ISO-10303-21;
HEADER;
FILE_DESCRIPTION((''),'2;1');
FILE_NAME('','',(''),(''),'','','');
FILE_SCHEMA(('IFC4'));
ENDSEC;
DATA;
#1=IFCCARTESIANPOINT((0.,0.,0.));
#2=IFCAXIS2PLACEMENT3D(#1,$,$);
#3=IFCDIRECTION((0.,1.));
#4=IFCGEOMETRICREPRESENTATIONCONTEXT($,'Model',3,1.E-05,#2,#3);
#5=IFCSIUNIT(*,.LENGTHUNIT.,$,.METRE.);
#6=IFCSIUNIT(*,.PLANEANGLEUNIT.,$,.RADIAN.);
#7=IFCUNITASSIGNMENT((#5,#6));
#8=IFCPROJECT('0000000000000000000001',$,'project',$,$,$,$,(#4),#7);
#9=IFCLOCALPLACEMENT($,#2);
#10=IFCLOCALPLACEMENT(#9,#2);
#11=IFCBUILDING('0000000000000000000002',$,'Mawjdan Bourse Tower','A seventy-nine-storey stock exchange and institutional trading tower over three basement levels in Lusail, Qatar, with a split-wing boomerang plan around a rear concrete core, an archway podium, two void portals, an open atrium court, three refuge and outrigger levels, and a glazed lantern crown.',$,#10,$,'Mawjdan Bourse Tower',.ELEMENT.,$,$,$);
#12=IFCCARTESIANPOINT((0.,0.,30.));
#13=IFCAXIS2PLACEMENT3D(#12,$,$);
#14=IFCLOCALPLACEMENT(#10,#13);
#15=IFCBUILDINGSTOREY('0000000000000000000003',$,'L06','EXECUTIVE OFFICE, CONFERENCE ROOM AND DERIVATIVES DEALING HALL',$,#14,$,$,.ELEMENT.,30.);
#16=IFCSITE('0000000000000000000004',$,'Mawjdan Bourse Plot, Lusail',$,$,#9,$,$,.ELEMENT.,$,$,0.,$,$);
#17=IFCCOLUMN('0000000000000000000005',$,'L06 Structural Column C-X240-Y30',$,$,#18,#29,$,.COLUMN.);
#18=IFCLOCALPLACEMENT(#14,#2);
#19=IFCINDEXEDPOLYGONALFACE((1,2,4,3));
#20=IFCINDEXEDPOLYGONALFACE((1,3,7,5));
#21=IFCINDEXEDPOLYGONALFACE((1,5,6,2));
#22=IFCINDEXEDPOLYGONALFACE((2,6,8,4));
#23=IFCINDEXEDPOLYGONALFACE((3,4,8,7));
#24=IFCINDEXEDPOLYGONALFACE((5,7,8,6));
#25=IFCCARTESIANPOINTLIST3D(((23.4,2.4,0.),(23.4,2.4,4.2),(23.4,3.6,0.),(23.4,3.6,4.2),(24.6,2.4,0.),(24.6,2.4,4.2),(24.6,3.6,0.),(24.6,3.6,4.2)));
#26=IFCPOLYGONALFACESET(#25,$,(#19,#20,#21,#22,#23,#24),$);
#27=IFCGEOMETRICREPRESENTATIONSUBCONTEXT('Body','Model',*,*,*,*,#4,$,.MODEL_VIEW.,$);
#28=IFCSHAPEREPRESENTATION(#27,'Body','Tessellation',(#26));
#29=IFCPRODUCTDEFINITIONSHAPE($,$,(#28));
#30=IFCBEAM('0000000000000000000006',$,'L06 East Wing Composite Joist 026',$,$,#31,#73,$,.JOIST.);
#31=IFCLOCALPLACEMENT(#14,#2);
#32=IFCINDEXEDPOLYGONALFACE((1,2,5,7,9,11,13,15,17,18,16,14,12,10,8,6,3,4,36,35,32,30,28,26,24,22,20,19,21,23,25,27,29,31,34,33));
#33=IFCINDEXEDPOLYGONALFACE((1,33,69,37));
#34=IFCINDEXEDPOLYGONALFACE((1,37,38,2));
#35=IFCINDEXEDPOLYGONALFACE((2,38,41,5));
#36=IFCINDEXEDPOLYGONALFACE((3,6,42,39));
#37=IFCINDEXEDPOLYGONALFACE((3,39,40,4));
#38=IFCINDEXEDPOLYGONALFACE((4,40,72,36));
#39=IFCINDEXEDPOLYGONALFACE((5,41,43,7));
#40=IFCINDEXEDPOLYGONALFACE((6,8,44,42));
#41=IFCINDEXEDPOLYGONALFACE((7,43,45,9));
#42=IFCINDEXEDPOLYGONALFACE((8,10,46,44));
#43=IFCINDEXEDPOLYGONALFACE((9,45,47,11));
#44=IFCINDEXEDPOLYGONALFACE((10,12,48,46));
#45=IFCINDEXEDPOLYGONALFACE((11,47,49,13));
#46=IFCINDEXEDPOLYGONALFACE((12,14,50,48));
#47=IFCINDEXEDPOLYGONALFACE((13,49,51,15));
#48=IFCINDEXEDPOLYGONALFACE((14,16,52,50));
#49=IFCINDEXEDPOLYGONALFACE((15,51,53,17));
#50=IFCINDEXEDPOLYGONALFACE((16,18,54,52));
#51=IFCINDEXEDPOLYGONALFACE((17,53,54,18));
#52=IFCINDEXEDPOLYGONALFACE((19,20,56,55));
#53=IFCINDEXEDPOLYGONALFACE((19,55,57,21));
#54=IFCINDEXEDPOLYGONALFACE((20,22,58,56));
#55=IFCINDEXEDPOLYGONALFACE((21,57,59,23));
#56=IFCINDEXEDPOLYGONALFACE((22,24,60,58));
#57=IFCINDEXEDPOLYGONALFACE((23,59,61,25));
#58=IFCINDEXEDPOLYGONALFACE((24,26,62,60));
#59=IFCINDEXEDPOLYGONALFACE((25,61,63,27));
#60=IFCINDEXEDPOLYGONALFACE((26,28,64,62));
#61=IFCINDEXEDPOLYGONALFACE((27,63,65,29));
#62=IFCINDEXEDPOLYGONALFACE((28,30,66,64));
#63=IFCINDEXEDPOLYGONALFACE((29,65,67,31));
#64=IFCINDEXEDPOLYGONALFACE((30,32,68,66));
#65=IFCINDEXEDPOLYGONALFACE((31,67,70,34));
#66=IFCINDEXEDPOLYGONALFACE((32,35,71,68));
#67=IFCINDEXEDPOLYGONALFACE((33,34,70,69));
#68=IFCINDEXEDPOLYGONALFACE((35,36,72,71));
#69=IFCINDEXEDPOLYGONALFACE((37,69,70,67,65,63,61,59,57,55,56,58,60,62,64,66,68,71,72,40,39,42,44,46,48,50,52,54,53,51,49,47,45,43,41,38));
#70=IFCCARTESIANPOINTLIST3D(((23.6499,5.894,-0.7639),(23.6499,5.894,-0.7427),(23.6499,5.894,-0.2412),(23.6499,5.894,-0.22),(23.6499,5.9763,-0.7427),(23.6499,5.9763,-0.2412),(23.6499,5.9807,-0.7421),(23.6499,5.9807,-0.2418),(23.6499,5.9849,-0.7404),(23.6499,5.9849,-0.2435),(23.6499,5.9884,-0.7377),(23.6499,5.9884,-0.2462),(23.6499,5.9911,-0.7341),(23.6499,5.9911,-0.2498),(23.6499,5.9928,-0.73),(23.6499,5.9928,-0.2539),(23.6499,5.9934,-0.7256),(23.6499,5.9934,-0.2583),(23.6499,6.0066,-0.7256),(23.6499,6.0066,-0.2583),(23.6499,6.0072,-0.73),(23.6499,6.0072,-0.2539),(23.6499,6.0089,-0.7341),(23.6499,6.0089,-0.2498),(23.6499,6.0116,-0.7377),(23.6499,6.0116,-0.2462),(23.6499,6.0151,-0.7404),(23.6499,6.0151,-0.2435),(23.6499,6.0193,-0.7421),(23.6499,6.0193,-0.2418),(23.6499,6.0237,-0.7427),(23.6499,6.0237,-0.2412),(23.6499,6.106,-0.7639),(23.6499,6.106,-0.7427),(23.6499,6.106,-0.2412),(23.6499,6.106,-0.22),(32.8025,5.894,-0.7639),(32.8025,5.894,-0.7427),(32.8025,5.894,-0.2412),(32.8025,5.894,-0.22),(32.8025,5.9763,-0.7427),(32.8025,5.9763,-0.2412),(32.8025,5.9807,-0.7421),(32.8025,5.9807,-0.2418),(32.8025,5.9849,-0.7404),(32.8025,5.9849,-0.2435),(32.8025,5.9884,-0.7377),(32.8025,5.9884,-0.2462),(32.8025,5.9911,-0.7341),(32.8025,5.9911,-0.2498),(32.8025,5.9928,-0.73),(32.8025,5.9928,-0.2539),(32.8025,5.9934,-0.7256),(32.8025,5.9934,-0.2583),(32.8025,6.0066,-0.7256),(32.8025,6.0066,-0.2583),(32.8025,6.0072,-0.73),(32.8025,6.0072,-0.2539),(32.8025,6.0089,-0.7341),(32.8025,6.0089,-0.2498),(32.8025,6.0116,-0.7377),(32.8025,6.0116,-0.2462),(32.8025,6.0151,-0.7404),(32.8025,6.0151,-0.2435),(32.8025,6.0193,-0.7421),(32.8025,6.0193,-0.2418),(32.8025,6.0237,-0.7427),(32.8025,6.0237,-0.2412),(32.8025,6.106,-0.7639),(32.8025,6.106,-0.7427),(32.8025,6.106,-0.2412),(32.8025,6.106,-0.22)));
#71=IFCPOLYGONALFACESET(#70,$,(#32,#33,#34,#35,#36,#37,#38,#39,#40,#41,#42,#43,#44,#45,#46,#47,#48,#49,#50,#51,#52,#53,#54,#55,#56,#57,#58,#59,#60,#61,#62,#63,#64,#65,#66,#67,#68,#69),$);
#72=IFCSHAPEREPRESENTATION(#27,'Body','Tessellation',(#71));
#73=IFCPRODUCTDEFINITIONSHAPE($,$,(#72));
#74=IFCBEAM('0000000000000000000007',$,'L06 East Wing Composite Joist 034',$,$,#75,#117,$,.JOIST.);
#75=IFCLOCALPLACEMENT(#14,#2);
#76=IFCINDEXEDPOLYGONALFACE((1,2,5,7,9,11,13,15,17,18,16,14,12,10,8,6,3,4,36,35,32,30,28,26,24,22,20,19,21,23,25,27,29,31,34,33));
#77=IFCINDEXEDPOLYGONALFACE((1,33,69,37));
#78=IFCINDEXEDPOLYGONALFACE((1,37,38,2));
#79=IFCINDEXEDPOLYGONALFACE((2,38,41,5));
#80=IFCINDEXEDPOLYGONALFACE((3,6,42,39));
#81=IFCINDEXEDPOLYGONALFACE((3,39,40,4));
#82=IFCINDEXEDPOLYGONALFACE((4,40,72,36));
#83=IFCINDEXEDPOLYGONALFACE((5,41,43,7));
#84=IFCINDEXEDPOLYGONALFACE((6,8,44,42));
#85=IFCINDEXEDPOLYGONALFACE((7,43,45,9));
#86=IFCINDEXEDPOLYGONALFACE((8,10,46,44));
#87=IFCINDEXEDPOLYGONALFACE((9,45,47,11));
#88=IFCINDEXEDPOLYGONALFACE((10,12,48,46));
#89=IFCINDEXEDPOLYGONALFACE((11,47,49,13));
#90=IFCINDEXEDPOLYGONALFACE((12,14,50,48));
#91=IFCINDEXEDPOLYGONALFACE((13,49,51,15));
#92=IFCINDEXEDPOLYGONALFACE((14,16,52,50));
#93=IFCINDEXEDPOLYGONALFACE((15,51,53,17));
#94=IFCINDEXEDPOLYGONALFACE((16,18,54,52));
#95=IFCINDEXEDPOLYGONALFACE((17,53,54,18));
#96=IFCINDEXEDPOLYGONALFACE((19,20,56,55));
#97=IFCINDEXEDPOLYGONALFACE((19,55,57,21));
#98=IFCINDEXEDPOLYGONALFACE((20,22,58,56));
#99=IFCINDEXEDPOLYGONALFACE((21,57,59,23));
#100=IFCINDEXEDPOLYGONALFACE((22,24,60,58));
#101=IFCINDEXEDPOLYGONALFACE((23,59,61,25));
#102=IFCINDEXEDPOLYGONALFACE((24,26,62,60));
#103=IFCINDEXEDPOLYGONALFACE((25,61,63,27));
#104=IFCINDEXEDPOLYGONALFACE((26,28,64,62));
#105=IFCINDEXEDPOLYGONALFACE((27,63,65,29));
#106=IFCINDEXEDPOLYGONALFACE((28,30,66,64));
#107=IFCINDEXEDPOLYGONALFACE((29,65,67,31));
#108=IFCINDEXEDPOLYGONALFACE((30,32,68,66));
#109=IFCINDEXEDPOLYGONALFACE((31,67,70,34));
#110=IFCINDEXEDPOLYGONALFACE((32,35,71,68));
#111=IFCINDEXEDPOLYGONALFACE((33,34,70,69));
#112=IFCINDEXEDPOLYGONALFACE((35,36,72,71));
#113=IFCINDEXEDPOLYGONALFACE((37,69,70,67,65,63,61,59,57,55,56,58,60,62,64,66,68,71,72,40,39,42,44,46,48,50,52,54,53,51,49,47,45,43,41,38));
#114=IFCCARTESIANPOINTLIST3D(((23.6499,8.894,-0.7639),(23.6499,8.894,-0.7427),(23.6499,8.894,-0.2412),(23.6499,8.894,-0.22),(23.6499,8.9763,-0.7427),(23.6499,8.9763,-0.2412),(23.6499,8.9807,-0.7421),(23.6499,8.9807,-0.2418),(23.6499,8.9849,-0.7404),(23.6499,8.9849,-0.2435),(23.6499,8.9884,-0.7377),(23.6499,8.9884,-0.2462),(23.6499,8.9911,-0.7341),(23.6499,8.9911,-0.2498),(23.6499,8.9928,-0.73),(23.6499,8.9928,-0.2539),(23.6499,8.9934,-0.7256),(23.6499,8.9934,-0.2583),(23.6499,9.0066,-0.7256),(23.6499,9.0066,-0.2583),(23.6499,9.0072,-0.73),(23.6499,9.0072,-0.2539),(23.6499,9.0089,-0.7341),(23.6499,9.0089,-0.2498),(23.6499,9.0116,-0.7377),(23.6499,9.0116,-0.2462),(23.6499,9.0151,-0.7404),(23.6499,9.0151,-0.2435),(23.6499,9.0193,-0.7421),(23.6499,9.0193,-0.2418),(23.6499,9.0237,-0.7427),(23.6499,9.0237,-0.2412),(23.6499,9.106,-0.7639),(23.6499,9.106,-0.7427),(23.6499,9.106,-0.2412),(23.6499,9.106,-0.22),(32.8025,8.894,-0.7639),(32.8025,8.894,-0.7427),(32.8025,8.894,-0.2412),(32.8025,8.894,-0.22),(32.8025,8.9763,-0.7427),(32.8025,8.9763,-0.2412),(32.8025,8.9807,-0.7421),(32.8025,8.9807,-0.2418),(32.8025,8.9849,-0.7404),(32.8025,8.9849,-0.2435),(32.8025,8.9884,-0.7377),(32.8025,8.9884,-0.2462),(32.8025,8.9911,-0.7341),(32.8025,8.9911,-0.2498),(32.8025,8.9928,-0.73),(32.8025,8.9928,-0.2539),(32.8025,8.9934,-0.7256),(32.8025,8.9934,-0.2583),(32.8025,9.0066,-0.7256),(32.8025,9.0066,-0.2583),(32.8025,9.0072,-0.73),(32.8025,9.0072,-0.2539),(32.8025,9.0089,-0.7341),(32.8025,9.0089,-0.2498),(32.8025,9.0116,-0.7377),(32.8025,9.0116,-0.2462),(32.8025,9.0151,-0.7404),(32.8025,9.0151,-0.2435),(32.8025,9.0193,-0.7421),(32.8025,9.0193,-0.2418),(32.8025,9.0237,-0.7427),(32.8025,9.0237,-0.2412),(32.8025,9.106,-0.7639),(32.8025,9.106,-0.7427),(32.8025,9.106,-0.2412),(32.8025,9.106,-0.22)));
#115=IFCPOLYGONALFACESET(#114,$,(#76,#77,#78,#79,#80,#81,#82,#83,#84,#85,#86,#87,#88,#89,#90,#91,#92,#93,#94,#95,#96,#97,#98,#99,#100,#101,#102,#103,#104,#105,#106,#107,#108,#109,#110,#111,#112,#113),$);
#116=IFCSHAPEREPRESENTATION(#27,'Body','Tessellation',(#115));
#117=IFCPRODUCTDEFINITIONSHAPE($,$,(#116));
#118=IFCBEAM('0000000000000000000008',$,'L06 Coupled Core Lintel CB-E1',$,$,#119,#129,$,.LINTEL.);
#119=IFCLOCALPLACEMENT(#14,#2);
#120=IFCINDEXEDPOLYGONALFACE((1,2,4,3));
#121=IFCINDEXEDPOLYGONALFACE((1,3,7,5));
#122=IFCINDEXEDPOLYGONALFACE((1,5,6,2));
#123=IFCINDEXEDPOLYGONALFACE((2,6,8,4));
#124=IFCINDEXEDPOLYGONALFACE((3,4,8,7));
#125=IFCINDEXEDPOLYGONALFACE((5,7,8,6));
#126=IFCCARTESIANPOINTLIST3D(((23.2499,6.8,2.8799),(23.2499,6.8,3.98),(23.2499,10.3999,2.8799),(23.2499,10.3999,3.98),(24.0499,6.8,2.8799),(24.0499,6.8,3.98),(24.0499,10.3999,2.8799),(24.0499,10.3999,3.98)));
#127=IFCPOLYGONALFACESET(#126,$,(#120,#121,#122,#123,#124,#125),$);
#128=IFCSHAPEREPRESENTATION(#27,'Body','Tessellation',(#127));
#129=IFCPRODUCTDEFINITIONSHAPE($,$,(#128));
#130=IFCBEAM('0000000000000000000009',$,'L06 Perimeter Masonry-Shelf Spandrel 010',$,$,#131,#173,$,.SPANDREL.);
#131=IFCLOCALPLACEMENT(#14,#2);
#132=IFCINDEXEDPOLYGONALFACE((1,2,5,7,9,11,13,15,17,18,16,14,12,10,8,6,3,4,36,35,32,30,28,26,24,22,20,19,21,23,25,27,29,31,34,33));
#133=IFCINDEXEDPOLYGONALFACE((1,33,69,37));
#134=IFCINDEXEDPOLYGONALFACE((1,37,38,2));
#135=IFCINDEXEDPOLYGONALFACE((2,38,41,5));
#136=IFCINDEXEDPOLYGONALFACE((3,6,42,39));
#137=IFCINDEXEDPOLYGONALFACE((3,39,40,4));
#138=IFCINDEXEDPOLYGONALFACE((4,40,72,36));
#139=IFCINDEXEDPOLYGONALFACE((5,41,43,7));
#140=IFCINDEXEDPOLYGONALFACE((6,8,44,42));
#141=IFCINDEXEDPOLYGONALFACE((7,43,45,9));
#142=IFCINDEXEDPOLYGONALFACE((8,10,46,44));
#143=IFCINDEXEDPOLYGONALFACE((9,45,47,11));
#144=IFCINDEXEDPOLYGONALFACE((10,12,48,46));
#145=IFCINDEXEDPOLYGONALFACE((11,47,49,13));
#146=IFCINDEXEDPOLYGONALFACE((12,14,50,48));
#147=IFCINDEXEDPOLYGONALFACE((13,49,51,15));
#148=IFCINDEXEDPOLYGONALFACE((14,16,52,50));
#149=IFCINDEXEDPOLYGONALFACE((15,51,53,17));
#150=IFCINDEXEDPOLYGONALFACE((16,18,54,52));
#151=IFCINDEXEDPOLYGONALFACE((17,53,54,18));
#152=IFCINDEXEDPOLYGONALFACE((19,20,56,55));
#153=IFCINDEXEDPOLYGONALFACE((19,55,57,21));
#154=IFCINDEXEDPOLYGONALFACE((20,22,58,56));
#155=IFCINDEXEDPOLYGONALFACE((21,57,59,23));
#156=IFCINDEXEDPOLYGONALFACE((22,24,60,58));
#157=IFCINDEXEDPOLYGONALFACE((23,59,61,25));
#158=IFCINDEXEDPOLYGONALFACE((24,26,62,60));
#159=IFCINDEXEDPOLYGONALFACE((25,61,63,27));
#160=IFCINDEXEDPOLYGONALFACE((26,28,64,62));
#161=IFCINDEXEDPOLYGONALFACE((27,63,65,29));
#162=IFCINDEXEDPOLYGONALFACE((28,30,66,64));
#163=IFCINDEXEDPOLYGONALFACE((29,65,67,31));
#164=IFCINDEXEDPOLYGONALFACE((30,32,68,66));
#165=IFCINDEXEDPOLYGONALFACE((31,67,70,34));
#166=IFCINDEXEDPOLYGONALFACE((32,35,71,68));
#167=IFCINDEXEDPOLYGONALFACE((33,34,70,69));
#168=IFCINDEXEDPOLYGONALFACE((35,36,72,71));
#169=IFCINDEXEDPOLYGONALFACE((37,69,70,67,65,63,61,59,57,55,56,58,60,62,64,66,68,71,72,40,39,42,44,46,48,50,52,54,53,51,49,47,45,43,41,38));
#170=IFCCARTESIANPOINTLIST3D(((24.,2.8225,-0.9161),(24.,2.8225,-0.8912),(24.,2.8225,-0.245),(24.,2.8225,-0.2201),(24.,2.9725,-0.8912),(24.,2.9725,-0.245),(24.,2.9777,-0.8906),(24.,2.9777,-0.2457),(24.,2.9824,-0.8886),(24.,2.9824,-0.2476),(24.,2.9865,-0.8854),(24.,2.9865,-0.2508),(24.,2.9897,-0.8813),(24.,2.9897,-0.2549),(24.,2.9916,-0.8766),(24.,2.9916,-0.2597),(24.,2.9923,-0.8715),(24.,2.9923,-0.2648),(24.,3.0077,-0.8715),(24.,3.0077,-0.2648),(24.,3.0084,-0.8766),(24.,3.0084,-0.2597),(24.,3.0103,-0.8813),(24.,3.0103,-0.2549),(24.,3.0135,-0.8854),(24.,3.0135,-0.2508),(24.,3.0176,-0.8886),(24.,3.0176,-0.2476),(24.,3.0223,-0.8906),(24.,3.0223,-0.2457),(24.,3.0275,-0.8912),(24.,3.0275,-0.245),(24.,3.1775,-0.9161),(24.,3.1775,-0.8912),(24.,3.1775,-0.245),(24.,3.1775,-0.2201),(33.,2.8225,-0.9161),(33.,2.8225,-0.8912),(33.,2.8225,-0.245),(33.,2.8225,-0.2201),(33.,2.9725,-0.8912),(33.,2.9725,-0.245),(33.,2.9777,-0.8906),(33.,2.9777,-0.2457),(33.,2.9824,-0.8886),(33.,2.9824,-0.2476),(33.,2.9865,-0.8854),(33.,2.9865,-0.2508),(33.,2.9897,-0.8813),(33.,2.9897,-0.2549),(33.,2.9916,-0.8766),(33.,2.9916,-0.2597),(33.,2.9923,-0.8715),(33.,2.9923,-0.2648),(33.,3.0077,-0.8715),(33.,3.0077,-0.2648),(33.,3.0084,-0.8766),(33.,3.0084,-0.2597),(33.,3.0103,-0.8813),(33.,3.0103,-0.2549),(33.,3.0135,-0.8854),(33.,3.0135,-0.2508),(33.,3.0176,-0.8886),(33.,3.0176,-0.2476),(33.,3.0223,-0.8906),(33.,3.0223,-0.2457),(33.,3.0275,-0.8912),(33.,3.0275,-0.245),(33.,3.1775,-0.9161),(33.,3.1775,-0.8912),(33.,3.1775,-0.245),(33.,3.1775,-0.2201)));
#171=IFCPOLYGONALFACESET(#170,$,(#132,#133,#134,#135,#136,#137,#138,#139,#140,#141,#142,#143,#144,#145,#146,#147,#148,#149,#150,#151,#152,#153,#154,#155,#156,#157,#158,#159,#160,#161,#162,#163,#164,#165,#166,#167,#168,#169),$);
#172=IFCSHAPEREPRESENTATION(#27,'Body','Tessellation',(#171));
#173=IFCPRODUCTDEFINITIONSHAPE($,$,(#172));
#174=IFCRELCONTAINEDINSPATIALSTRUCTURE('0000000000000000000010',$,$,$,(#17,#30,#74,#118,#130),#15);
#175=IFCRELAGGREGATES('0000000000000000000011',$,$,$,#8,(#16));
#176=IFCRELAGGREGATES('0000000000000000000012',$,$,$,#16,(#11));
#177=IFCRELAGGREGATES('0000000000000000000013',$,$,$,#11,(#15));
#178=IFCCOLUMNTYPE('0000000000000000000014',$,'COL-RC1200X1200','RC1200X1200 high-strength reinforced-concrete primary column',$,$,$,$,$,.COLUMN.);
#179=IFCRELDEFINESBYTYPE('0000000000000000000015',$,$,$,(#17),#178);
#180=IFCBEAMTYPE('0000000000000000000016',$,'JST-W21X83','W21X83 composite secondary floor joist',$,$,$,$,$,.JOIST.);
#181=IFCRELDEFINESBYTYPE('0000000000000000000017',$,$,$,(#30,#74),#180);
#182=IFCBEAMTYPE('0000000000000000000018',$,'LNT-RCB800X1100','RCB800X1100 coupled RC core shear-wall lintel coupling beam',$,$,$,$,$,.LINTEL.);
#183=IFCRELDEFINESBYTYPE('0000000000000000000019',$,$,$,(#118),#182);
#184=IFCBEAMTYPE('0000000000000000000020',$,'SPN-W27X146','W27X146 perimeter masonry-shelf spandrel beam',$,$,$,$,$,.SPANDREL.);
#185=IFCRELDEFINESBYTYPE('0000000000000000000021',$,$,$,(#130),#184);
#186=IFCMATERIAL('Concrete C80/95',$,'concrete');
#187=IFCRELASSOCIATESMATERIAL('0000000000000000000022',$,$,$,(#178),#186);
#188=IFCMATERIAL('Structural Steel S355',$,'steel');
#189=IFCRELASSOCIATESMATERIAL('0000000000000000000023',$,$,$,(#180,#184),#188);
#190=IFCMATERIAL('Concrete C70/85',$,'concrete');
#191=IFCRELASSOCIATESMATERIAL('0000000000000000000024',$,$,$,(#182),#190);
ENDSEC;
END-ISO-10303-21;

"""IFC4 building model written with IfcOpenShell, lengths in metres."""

from ifc_helpers import new_model, si_unit, direction, frame, origin, origin_2d, place, context, subcontext, project, spatial, rectangle, i_section, extrude, material, material_profile, profile_set, type_object, element, save


model = new_model("IFC4")

# Units and contexts
model_context = context("Model", 3, precision=1e-05, world=origin(), true_north=direction((0.0, 1.0)))
body_context = subcontext(model_context, "Body", "Model", "MODEL_VIEW")
ifc_project = project(units=[si_unit("LENGTHUNIT", "METRE"), si_unit("PLANEANGLEUNIT", "RADIAN")], contexts=[model_context])

# Site, building, storey
site_placement = place(None, origin())
site = spatial("IfcSite", under=ifc_project, at=site_placement, Name="Mawjdan Bourse Plot, Lusail", CompositionType="ELEMENT", RefElevation=0.0)
building_placement = place(site_placement, origin())
building = spatial("IfcBuilding", under=site, at=building_placement, Name="Mawjdan Bourse Tower", Description="A seventy-nine-storey stock exchange and institutional trading tower over three basement levels in Lusail, Qatar, with a split-wing boomerang plan around a rear concrete core, an archway podium, two void portals, an open atrium court, three refuge and outrigger levels, and a glazed lantern crown.", LongName="Mawjdan Bourse Tower", CompositionType="ELEMENT")
storey_placement = place(building_placement, frame((0.0, 0.0, 30.0)))
storey = spatial("IfcBuildingStorey", under=building, at=storey_placement, Name="L06", Description="EXECUTIVE OFFICE, CONFERENCE ROOM AND DERIVATIVES DEALING HALL", CompositionType="ELEMENT", Elevation=30.0)

# Column
ifc_material_1 = material(Name="Concrete C80/95", Category="concrete")
ifc_material_profile_1 = material_profile(ifc_material_1, rectangle(XDim=1.2, YDim=1.2, at=origin_2d()), Name="RC1200X1200")
ifc_profile_set_1 = profile_set([ifc_material_profile_1], Name="Concrete C80/95")
column_type = type_object("IfcColumnType", Name="COL-RC1200X1200", Description="RC1200X1200 high-strength reinforced-concrete primary column", PredefinedType="COLUMN", material=ifc_profile_set_1)
column_placement = place(storey_placement, frame((24.0, 3.0, 0.0), z_axis=(0.0, 0.0, 1.0), x_axis=(1.0, 0.0, 0.0)))
element("IfcColumn", 1, at=column_placement, inside=storey, type_object=column_type, Name="L06 Structural Column C-X240-Y30", PredefinedType="COLUMN", context=body_context, shape_type="SweptSolid", body=[
    extrude(rectangle(XDim=1.2, YDim=1.2, at=origin_2d()), origin(), (0.0, 0.0, 1.0), 4.2),
])

# Beams
ifc_material_2 = material(Name="Structural Steel S355", Category="steel")
ifc_material_profile_2 = material_profile(ifc_material_2, i_section(OverallWidth=0.2119, OverallDepth=0.5439, WebThickness=0.0132, FlangeThickness=0.0212, FilletRadius=0.0171, at=origin_2d()), Name="W21X83")
ifc_profile_set_2 = profile_set([ifc_material_profile_2], Name="Structural Steel S355")
beam_type_1 = type_object("IfcBeamType", Name="JST-W21X83", Description="W21X83 composite secondary floor joist", PredefinedType="JOIST", material=ifc_profile_set_2)
for number, where, z_axis, x_axis, name in (
    (2, (23.6499, 6.0, -0.4919), (1.0, 0.0, 0.0), (0.0, 1.0, 0.0), "L06 East Wing Composite Joist 026"),
    (3, (23.6499, 9.0, -0.4919), (1.0, 0.0, 0.0), (0.0, 1.0, 0.0), "L06 East Wing Composite Joist 034"),
):
    element("IfcBeam", number, at=place(storey_placement, frame(where, z_axis=z_axis, x_axis=x_axis)), inside=storey, type_object=beam_type_1, Name=name, PredefinedType="JOIST", context=body_context, shape_type="SweptSolid", body=[
        extrude(i_section(OverallWidth=0.2119, OverallDepth=0.5439, WebThickness=0.0132, FlangeThickness=0.0212, FilletRadius=0.0171, at=origin_2d()), origin(), (0.0, 0.0, 1.0), 9.1526),
    ])
ifc_material_3 = material(Name="Concrete C70/85", Category="concrete")
ifc_material_profile_3 = material_profile(ifc_material_3, rectangle(XDim=0.8, YDim=1.1001, at=origin_2d()), Name="RCB800X1100")
ifc_profile_set_3 = profile_set([ifc_material_profile_3], Name="Concrete C70/85")
beam_type_2 = type_object("IfcBeamType", Name="LNT-RCB800X1100", Description="RCB800X1100 coupled RC core shear-wall lintel coupling beam", PredefinedType="LINTEL", material=ifc_profile_set_3)
beam_1_placement = place(storey_placement, frame((23.6499, 6.8, 3.4299), z_axis=(0.0, 1.0, 0.0), x_axis=(-1.0, 0.0, 0.0)))
element("IfcBeam", 4, at=beam_1_placement, inside=storey, type_object=beam_type_2, Name="L06 Coupled Core Lintel CB-E1", PredefinedType="LINTEL", context=body_context, shape_type="SweptSolid", body=[
    extrude(rectangle(XDim=0.8, YDim=1.1001, at=origin_2d()), origin(), (0.0, 0.0, 1.0), 3.5999),
])
ifc_material_profile_4 = material_profile(ifc_material_2, i_section(OverallWidth=0.355, OverallDepth=0.696, WebThickness=0.0154, FlangeThickness=0.0249, FilletRadius=0.0198, at=origin_2d()), Name="W27X146")
ifc_profile_set_4 = profile_set([ifc_material_profile_4], Name="Structural Steel S355")
beam_type_3 = type_object("IfcBeamType", Name="SPN-W27X146", Description="W27X146 perimeter masonry-shelf spandrel beam", PredefinedType="SPANDREL", material=ifc_profile_set_4)
beam_2_placement = place(storey_placement, frame((24.0, 3.0, -0.5681), z_axis=(1.0, 0.0, 0.0), x_axis=(0.0, 1.0, 0.0)))
element("IfcBeam", 5, at=beam_2_placement, inside=storey, type_object=beam_type_3, Name="L06 Perimeter Masonry-Shelf Spandrel 010", PredefinedType="SPANDREL", context=body_context, shape_type="SweptSolid", body=[
    extrude(i_section(OverallWidth=0.355, OverallDepth=0.696, WebThickness=0.0154, FlangeThickness=0.0249, FilletRadius=0.0198, at=origin_2d()), origin(), (0.0, 0.0, 1.0), 9.0),
])

save(model, "model.ifc")
